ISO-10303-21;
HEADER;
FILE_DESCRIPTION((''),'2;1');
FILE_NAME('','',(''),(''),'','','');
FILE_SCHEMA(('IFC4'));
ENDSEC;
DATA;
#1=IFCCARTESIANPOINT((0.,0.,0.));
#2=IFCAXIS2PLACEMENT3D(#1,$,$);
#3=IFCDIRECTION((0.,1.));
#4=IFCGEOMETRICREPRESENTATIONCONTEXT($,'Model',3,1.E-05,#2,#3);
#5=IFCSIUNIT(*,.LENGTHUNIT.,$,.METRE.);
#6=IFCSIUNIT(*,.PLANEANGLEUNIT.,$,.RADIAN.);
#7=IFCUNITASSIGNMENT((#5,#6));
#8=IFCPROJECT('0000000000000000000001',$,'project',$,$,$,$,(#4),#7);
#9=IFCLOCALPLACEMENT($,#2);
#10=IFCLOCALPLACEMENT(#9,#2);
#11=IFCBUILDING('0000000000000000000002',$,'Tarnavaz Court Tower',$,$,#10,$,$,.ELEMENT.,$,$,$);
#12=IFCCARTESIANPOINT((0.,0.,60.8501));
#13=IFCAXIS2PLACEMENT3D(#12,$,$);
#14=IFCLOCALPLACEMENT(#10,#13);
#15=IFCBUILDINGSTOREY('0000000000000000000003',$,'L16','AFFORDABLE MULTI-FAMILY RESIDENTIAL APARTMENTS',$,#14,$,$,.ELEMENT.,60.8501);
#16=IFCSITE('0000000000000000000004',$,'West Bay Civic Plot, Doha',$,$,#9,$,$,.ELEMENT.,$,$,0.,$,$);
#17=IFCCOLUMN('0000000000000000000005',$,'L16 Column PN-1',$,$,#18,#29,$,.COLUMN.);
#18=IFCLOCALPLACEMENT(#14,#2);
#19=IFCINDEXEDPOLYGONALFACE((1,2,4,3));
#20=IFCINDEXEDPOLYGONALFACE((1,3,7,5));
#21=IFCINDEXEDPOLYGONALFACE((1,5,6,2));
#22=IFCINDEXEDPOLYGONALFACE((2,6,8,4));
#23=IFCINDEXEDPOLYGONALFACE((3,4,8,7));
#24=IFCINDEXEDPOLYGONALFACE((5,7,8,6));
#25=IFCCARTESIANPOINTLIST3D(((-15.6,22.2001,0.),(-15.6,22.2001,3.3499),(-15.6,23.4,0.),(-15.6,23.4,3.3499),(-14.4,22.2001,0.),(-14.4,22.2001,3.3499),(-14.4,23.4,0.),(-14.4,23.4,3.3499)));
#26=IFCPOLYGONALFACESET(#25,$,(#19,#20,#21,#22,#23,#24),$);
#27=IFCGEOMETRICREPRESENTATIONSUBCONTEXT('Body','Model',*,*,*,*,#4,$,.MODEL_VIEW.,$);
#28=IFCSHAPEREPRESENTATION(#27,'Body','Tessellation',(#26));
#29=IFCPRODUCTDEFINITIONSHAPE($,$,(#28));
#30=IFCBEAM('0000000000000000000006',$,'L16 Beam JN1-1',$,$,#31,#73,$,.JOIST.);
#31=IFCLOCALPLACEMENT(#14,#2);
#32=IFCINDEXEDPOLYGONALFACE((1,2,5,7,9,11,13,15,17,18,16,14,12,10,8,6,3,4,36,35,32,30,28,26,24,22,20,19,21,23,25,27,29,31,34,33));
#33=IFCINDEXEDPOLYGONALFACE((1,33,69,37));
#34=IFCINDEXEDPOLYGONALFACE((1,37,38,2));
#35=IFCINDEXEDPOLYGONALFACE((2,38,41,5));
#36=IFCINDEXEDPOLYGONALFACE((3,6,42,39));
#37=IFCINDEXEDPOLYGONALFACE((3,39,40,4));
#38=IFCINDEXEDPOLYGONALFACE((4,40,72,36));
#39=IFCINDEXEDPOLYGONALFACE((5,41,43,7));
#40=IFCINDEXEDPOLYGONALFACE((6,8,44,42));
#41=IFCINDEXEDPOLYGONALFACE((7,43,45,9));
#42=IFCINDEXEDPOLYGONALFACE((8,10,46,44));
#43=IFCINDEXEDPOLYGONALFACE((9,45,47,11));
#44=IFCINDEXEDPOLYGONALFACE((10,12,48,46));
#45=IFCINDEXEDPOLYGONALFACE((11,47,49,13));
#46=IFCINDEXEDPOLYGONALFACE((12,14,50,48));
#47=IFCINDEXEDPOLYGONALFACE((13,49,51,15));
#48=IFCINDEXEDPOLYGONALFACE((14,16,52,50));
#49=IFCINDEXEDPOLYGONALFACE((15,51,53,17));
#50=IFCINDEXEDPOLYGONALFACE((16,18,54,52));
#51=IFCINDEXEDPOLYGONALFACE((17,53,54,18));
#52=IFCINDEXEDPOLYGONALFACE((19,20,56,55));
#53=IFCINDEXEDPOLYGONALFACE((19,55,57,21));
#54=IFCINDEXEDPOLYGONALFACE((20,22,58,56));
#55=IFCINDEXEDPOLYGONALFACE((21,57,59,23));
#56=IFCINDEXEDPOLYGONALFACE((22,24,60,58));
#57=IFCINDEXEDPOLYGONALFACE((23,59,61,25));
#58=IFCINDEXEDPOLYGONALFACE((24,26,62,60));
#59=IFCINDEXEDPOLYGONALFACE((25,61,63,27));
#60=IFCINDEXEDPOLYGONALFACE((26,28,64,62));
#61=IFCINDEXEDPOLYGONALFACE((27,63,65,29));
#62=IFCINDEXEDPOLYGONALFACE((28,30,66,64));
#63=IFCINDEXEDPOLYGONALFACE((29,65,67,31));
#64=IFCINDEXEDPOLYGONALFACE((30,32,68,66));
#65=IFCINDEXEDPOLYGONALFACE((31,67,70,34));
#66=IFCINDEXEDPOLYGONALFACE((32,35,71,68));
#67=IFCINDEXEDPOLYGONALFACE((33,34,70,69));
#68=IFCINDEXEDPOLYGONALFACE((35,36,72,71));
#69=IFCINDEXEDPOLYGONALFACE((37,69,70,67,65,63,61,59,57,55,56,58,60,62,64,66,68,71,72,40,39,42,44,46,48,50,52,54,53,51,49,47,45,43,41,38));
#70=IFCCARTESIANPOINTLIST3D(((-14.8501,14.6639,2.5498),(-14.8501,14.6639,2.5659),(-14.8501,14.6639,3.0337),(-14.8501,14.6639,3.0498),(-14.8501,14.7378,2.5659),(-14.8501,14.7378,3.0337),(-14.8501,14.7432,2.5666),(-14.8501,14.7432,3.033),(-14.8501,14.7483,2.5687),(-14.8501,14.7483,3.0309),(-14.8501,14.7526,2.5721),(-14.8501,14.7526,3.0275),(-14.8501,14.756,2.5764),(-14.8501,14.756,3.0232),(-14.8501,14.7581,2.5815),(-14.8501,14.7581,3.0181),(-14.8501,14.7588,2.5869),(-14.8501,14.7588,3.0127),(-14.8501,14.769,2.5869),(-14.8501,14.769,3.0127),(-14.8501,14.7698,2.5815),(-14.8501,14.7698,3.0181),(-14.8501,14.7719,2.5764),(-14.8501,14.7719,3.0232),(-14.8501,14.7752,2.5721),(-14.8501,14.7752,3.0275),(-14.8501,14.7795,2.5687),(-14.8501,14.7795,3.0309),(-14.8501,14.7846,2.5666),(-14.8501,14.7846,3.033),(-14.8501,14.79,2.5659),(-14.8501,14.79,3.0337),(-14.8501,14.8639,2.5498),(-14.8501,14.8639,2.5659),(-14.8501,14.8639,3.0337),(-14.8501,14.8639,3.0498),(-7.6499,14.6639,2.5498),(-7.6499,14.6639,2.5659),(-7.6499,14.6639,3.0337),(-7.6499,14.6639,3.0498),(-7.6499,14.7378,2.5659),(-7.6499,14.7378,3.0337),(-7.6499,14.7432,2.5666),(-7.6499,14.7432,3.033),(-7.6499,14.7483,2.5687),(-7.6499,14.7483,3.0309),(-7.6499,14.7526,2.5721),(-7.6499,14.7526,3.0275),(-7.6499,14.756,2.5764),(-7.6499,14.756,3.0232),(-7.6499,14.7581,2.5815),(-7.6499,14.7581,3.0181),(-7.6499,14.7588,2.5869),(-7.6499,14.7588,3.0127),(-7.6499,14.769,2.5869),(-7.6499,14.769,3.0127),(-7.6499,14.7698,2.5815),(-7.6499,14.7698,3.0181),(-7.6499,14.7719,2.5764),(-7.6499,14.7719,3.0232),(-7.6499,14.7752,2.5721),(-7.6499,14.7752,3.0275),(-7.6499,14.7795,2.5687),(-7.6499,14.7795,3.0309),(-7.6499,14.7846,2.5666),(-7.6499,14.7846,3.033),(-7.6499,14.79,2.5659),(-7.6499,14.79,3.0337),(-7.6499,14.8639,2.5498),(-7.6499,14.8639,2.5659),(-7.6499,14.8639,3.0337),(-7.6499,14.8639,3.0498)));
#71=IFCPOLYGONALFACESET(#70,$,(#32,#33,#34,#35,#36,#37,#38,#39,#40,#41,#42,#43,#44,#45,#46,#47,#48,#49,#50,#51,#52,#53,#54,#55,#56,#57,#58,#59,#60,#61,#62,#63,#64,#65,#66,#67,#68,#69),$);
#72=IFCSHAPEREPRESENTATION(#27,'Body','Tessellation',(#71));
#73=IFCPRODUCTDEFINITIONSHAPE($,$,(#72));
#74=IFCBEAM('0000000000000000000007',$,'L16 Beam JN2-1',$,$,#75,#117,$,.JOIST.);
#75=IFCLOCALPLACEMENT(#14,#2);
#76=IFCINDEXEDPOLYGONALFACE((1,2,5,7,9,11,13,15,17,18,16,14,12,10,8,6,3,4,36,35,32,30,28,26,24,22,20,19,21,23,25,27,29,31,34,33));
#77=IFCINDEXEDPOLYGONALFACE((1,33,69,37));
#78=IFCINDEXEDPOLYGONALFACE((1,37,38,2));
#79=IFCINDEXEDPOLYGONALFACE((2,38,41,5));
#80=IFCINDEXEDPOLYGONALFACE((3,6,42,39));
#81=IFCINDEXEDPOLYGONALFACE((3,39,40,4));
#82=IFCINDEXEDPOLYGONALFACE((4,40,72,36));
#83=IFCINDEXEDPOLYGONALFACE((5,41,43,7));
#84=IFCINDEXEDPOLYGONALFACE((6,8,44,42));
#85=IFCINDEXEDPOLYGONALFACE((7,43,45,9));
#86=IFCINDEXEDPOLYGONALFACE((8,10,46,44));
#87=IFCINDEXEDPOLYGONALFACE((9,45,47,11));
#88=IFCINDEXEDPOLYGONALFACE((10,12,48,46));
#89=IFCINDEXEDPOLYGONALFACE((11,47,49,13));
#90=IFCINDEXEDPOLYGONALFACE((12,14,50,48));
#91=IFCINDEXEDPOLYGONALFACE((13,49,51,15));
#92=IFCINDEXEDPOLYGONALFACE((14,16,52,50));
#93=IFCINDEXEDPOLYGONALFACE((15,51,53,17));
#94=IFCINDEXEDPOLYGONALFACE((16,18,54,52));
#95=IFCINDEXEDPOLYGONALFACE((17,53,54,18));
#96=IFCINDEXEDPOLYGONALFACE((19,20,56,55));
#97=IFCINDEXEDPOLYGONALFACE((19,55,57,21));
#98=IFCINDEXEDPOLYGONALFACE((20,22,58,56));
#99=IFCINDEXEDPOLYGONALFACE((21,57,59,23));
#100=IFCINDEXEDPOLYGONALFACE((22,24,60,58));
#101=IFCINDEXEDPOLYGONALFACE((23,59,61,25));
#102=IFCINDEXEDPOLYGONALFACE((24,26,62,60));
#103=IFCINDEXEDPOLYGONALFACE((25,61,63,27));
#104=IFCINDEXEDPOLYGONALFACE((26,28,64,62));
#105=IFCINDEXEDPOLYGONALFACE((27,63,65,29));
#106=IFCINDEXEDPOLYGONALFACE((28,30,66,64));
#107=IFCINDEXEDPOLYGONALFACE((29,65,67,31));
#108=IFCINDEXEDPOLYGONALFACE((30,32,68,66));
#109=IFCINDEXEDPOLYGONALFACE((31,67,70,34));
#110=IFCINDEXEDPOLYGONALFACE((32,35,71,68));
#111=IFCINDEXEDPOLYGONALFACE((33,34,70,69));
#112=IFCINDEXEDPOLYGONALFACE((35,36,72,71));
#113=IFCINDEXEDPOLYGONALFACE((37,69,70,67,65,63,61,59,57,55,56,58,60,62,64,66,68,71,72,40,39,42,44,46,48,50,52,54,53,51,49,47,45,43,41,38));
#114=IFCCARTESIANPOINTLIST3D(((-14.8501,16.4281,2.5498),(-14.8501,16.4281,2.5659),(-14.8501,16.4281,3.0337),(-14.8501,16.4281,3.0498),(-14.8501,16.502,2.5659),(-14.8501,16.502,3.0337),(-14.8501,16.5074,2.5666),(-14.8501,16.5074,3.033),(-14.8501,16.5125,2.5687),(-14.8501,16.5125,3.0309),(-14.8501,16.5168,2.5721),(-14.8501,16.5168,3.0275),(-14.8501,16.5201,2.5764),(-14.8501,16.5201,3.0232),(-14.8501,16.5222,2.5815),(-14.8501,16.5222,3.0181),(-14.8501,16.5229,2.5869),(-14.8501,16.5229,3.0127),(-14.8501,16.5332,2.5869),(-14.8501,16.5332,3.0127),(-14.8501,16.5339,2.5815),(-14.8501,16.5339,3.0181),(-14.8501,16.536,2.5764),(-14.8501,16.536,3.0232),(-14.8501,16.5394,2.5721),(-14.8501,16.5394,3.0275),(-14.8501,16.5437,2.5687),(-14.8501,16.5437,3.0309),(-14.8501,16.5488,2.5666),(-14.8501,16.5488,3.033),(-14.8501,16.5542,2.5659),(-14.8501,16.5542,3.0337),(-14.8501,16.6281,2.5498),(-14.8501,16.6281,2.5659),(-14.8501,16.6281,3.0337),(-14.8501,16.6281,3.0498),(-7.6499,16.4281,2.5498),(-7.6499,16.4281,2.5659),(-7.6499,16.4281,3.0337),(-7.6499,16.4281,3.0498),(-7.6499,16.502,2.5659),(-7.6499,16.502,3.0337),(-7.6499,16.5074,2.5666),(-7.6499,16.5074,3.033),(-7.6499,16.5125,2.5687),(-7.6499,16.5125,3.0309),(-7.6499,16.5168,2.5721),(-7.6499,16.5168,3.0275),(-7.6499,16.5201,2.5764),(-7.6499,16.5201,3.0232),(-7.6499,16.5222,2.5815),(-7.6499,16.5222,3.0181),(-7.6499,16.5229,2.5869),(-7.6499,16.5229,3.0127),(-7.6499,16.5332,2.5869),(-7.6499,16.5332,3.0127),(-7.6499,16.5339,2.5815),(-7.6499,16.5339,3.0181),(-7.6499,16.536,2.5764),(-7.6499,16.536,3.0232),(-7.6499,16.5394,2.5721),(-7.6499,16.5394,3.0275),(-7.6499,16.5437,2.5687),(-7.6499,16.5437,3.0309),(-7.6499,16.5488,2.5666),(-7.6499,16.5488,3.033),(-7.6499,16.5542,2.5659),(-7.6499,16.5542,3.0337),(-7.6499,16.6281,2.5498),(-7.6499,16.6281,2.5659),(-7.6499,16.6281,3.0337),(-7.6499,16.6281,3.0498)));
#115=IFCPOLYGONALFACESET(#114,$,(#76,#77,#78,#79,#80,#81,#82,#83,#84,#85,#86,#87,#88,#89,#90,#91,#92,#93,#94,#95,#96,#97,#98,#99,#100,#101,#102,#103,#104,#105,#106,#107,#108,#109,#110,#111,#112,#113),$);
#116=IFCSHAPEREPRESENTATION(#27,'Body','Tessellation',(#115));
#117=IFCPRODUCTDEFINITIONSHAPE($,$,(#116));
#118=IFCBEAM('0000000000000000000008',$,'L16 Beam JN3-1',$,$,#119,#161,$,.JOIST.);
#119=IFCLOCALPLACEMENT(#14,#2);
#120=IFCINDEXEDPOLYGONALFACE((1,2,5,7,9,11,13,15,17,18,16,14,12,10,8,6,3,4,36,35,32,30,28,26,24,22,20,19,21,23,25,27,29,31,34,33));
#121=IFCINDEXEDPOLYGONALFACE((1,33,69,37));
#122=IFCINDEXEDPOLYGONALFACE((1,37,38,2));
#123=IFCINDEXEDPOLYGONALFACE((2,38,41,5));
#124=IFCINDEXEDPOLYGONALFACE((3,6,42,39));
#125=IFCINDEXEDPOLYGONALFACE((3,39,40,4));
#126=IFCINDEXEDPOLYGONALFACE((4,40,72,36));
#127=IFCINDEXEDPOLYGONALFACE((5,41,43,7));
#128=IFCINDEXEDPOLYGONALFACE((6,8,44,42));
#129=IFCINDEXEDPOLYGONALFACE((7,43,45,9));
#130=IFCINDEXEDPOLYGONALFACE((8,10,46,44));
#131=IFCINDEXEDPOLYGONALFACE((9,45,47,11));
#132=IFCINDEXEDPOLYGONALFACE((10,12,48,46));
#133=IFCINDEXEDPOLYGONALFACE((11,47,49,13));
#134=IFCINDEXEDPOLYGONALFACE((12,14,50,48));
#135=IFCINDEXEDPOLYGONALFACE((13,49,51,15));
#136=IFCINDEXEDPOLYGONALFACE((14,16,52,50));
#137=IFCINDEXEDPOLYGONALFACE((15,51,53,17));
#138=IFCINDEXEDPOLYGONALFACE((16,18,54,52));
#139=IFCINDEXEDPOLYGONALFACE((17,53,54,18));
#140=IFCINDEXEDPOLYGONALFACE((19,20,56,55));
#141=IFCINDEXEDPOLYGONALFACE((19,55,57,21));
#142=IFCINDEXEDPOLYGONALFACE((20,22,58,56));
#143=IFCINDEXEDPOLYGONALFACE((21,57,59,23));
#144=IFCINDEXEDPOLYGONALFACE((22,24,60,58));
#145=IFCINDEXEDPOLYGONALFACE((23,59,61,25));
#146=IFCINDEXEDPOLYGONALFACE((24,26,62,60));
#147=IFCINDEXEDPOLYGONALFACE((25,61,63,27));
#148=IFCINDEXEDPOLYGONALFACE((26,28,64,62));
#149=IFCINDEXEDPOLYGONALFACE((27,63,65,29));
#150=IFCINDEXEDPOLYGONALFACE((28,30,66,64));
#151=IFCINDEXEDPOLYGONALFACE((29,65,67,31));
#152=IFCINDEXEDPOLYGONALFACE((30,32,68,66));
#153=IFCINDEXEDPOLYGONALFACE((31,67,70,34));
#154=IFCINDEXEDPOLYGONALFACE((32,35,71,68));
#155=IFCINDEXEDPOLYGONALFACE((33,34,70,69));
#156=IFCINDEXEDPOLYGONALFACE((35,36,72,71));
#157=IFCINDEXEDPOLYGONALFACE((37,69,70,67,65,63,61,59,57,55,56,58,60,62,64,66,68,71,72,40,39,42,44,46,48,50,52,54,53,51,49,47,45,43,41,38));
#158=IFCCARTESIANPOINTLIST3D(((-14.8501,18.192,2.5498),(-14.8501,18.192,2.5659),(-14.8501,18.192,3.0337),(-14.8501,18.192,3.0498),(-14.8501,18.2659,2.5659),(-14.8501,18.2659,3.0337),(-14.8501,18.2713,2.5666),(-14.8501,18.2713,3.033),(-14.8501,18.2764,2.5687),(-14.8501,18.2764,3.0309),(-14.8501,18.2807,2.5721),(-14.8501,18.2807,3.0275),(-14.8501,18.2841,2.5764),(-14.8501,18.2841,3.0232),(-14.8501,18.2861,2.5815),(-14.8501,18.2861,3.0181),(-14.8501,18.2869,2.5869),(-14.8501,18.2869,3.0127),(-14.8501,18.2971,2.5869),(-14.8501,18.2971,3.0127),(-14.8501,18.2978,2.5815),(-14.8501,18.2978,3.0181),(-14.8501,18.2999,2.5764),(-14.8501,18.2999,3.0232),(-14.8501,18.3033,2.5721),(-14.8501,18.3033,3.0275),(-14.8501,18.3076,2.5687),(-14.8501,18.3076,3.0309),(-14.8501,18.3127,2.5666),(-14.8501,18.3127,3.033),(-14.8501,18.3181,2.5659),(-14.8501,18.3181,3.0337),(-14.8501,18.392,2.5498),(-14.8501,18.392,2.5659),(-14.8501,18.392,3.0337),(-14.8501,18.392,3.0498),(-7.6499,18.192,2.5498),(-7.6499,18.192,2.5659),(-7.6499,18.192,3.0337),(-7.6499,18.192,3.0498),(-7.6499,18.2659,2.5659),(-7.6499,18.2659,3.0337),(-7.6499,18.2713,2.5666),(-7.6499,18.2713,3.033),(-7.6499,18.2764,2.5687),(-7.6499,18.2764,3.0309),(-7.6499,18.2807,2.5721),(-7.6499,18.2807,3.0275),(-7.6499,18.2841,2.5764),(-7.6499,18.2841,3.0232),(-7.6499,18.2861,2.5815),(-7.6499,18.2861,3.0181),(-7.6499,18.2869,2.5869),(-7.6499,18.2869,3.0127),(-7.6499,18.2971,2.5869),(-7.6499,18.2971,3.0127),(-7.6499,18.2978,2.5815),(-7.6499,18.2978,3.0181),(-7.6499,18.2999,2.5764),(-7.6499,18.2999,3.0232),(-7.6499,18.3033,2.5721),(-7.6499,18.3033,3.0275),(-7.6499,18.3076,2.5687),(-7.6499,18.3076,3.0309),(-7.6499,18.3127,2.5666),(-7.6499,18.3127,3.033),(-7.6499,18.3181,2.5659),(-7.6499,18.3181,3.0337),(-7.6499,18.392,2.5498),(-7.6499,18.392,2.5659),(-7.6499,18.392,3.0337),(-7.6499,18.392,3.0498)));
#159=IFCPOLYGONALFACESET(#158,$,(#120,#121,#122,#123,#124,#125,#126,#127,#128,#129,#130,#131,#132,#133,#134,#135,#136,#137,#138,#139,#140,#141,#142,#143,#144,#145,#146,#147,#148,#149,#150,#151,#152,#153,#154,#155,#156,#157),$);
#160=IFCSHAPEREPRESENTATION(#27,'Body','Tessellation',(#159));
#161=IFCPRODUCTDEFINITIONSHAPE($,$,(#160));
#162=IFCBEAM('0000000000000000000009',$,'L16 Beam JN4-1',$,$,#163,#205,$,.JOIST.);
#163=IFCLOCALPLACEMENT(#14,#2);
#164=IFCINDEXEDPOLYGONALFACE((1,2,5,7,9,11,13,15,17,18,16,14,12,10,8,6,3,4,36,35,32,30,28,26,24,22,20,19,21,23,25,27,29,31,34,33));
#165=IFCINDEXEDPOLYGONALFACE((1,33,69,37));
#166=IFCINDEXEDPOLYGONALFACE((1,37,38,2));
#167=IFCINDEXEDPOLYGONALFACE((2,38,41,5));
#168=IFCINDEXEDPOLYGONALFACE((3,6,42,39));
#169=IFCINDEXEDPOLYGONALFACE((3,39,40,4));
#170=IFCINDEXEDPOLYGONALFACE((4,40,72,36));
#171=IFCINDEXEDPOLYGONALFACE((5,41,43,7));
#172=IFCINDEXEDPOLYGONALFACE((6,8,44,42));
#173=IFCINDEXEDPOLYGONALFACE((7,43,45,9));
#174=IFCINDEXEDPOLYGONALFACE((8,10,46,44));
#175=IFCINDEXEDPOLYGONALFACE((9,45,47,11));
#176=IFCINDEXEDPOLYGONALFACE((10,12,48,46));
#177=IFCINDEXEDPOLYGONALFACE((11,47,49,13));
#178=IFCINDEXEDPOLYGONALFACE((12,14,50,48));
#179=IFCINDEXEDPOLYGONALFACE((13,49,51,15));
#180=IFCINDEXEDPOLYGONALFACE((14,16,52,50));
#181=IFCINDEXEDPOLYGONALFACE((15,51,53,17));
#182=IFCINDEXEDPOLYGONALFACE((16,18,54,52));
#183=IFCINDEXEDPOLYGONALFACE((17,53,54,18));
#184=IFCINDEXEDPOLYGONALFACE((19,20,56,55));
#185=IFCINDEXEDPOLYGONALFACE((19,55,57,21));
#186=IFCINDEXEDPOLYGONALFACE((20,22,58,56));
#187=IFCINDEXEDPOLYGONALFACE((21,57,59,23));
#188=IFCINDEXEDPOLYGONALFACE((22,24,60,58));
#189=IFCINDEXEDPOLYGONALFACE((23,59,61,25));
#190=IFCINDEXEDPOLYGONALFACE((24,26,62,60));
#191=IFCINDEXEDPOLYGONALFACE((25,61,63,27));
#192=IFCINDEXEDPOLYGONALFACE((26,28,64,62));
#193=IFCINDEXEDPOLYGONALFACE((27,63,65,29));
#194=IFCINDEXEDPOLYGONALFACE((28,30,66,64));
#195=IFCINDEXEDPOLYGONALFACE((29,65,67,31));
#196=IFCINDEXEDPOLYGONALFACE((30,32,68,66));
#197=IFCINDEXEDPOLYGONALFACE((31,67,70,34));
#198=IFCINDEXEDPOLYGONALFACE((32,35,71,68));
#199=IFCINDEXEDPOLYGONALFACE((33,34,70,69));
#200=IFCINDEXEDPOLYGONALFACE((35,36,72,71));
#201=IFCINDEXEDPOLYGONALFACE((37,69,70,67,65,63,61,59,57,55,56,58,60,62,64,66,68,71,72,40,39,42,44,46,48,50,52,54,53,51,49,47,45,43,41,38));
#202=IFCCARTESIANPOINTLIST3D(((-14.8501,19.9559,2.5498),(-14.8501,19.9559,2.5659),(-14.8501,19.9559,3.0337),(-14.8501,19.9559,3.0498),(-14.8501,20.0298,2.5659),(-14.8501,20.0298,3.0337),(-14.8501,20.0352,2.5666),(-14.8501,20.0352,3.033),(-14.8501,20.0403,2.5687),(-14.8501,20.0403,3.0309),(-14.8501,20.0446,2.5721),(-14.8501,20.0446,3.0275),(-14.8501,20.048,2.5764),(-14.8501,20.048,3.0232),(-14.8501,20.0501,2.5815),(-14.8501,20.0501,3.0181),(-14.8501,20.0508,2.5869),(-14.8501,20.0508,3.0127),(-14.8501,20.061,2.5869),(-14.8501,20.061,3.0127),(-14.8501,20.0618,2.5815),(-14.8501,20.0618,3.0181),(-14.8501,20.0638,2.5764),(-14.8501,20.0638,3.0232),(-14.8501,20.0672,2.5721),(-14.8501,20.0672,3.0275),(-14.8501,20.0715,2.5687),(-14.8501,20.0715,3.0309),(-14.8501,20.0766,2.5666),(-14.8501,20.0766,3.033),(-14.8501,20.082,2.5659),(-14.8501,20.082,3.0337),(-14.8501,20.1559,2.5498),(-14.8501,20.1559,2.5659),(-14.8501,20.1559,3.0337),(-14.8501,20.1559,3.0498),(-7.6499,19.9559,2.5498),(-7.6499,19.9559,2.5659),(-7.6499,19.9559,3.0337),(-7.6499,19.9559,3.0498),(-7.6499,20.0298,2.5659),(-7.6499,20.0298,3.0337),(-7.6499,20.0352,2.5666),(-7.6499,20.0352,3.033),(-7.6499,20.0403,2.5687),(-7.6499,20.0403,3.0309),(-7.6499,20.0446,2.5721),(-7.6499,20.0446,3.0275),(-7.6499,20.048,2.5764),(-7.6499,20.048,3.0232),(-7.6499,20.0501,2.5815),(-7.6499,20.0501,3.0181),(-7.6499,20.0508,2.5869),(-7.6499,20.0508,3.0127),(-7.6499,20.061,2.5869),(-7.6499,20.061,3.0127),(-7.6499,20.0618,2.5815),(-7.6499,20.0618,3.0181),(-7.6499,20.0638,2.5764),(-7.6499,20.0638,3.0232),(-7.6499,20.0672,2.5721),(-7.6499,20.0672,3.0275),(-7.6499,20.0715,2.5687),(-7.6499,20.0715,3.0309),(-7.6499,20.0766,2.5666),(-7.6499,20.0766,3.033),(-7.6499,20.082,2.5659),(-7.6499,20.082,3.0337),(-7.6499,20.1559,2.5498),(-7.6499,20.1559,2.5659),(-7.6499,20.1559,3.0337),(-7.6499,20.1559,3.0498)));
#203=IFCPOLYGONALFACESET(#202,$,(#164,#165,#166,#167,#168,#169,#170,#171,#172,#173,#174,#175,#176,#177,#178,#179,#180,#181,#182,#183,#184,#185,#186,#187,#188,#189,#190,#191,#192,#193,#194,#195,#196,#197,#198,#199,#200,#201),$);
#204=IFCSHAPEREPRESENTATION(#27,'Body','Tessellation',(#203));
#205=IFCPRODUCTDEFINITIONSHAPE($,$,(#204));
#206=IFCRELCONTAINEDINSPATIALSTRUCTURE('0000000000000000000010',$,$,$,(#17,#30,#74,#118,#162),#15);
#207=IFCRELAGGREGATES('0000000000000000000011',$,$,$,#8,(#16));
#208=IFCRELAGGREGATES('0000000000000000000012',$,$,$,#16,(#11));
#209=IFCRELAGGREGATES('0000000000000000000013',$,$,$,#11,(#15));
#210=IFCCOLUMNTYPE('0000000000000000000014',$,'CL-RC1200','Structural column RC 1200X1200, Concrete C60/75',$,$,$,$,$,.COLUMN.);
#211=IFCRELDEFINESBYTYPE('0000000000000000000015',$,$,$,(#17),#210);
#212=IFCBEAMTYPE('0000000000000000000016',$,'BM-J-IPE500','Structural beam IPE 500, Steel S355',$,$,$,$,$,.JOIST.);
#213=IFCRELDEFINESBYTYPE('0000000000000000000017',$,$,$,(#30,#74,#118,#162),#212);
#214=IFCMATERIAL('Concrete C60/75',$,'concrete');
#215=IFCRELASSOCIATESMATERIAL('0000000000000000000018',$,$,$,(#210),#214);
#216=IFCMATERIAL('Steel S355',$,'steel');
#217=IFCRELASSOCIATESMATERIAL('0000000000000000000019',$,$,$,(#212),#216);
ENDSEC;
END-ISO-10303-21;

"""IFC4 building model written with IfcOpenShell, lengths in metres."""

from ifc_helpers import new_model, si_unit, direction, frame, origin, origin_2d, place, context, subcontext, project, spatial, rectangle, i_section, extrude, material, material_profile, profile_set, type_object, element, save


model = new_model("IFC4")

# Units and contexts
model_context = context("Model", 3, precision=1e-05, world=origin(), true_north=direction((0.0, 1.0)))
body_context = subcontext(model_context, "Body", "Model", "MODEL_VIEW")
ifc_project = project(units=[si_unit("LENGTHUNIT", "METRE"), si_unit("PLANEANGLEUNIT", "RADIAN")], contexts=[model_context])

# Site, building, storey
site_placement = place(None, origin())
site = spatial("IfcSite", under=ifc_project, at=site_placement, Name="West Bay Civic Plot, Doha", CompositionType="ELEMENT", RefElevation=0.0)
building_placement = place(site_placement, origin())
building = spatial("IfcBuilding", under=site, at=building_placement, Name="Tarnavaz Court Tower", CompositionType="ELEMENT")
storey_placement = place(building_placement, frame((0.0, 0.0, 60.8501)))
storey = spatial("IfcBuildingStorey", under=building, at=storey_placement, Name="L16", Description="AFFORDABLE MULTI-FAMILY RESIDENTIAL APARTMENTS", CompositionType="ELEMENT", Elevation=60.8501)

# Column
ifc_material_1 = material(Name="Concrete C60/75", Category="concrete")
ifc_material_profile_1 = material_profile(ifc_material_1, rectangle(XDim=1.2, YDim=1.2, at=origin_2d()), Name="RC 1200X1200")
ifc_profile_set_1 = profile_set([ifc_material_profile_1], Name="Concrete C60/75")
column_type = type_object("IfcColumnType", Name="CL-RC1200", Description="Structural column RC 1200X1200, Concrete C60/75", PredefinedType="COLUMN", material=ifc_profile_set_1)
column_placement = place(storey_placement, frame((-15.0, 22.8, 0.0), z_axis=(0.0, 0.0, 1.0), x_axis=(1.0, 0.0, 0.0)))
element("IfcColumn", 1, at=column_placement, inside=storey, type_object=column_type, Name="L16 Column PN-1", PredefinedType="COLUMN", context=body_context, shape_type="SweptSolid", body=[
    extrude(rectangle(XDim=1.2, YDim=1.2, at=origin_2d()), origin(), (0.0, 0.0, 1.0), 3.3499),
])

# Beams
ifc_material_2 = material(Name="Steel S355", Category="steel")
ifc_material_profile_2 = material_profile(ifc_material_2, i_section(OverallWidth=0.2, OverallDepth=0.5, WebThickness=0.0103, FlangeThickness=0.0161, FilletRadius=0.021, at=origin_2d()), Name="IPE 500")
ifc_profile_set_2 = profile_set([ifc_material_profile_2], Name="Steel S355")
beam_type_1 = type_object("IfcBeamType", Name="BM-J-IPE500", Description="Structural beam IPE 500, Steel S355", PredefinedType="JOIST", material=ifc_profile_set_2)
for number, where, z_axis, x_axis, name in (
    (2, (-14.8501, 14.7639, 2.7998), (1.0, 0.0, 0.0), (0.0, 1.0, 0.0), "L16 Beam JN1-1"),
    (3, (-14.8501, 16.5281, 2.7998), (1.0, 0.0, 0.0), (0.0, 1.0, 0.0), "L16 Beam JN2-1"),
    (4, (-14.8501, 18.292, 2.7998), (1.0, 0.0, 0.0), (0.0, 1.0, 0.0), "L16 Beam JN3-1"),
    (5, (-14.8501, 20.0559, 2.7998), (1.0, 0.0, 0.0), (0.0, 1.0, 0.0), "L16 Beam JN4-1"),
):
    element("IfcBeam", number, at=place(storey_placement, frame(where, z_axis=z_axis, x_axis=x_axis)), inside=storey, type_object=beam_type_1, Name=name, PredefinedType="JOIST", context=body_context, shape_type="SweptSolid", body=[
        extrude(i_section(OverallWidth=0.2, OverallDepth=0.5, WebThickness=0.0103, FlangeThickness=0.0161, FilletRadius=0.021, at=origin_2d()), origin(), (0.0, 0.0, 1.0), 7.2002),
    ])

save(model, "model.ifc")
